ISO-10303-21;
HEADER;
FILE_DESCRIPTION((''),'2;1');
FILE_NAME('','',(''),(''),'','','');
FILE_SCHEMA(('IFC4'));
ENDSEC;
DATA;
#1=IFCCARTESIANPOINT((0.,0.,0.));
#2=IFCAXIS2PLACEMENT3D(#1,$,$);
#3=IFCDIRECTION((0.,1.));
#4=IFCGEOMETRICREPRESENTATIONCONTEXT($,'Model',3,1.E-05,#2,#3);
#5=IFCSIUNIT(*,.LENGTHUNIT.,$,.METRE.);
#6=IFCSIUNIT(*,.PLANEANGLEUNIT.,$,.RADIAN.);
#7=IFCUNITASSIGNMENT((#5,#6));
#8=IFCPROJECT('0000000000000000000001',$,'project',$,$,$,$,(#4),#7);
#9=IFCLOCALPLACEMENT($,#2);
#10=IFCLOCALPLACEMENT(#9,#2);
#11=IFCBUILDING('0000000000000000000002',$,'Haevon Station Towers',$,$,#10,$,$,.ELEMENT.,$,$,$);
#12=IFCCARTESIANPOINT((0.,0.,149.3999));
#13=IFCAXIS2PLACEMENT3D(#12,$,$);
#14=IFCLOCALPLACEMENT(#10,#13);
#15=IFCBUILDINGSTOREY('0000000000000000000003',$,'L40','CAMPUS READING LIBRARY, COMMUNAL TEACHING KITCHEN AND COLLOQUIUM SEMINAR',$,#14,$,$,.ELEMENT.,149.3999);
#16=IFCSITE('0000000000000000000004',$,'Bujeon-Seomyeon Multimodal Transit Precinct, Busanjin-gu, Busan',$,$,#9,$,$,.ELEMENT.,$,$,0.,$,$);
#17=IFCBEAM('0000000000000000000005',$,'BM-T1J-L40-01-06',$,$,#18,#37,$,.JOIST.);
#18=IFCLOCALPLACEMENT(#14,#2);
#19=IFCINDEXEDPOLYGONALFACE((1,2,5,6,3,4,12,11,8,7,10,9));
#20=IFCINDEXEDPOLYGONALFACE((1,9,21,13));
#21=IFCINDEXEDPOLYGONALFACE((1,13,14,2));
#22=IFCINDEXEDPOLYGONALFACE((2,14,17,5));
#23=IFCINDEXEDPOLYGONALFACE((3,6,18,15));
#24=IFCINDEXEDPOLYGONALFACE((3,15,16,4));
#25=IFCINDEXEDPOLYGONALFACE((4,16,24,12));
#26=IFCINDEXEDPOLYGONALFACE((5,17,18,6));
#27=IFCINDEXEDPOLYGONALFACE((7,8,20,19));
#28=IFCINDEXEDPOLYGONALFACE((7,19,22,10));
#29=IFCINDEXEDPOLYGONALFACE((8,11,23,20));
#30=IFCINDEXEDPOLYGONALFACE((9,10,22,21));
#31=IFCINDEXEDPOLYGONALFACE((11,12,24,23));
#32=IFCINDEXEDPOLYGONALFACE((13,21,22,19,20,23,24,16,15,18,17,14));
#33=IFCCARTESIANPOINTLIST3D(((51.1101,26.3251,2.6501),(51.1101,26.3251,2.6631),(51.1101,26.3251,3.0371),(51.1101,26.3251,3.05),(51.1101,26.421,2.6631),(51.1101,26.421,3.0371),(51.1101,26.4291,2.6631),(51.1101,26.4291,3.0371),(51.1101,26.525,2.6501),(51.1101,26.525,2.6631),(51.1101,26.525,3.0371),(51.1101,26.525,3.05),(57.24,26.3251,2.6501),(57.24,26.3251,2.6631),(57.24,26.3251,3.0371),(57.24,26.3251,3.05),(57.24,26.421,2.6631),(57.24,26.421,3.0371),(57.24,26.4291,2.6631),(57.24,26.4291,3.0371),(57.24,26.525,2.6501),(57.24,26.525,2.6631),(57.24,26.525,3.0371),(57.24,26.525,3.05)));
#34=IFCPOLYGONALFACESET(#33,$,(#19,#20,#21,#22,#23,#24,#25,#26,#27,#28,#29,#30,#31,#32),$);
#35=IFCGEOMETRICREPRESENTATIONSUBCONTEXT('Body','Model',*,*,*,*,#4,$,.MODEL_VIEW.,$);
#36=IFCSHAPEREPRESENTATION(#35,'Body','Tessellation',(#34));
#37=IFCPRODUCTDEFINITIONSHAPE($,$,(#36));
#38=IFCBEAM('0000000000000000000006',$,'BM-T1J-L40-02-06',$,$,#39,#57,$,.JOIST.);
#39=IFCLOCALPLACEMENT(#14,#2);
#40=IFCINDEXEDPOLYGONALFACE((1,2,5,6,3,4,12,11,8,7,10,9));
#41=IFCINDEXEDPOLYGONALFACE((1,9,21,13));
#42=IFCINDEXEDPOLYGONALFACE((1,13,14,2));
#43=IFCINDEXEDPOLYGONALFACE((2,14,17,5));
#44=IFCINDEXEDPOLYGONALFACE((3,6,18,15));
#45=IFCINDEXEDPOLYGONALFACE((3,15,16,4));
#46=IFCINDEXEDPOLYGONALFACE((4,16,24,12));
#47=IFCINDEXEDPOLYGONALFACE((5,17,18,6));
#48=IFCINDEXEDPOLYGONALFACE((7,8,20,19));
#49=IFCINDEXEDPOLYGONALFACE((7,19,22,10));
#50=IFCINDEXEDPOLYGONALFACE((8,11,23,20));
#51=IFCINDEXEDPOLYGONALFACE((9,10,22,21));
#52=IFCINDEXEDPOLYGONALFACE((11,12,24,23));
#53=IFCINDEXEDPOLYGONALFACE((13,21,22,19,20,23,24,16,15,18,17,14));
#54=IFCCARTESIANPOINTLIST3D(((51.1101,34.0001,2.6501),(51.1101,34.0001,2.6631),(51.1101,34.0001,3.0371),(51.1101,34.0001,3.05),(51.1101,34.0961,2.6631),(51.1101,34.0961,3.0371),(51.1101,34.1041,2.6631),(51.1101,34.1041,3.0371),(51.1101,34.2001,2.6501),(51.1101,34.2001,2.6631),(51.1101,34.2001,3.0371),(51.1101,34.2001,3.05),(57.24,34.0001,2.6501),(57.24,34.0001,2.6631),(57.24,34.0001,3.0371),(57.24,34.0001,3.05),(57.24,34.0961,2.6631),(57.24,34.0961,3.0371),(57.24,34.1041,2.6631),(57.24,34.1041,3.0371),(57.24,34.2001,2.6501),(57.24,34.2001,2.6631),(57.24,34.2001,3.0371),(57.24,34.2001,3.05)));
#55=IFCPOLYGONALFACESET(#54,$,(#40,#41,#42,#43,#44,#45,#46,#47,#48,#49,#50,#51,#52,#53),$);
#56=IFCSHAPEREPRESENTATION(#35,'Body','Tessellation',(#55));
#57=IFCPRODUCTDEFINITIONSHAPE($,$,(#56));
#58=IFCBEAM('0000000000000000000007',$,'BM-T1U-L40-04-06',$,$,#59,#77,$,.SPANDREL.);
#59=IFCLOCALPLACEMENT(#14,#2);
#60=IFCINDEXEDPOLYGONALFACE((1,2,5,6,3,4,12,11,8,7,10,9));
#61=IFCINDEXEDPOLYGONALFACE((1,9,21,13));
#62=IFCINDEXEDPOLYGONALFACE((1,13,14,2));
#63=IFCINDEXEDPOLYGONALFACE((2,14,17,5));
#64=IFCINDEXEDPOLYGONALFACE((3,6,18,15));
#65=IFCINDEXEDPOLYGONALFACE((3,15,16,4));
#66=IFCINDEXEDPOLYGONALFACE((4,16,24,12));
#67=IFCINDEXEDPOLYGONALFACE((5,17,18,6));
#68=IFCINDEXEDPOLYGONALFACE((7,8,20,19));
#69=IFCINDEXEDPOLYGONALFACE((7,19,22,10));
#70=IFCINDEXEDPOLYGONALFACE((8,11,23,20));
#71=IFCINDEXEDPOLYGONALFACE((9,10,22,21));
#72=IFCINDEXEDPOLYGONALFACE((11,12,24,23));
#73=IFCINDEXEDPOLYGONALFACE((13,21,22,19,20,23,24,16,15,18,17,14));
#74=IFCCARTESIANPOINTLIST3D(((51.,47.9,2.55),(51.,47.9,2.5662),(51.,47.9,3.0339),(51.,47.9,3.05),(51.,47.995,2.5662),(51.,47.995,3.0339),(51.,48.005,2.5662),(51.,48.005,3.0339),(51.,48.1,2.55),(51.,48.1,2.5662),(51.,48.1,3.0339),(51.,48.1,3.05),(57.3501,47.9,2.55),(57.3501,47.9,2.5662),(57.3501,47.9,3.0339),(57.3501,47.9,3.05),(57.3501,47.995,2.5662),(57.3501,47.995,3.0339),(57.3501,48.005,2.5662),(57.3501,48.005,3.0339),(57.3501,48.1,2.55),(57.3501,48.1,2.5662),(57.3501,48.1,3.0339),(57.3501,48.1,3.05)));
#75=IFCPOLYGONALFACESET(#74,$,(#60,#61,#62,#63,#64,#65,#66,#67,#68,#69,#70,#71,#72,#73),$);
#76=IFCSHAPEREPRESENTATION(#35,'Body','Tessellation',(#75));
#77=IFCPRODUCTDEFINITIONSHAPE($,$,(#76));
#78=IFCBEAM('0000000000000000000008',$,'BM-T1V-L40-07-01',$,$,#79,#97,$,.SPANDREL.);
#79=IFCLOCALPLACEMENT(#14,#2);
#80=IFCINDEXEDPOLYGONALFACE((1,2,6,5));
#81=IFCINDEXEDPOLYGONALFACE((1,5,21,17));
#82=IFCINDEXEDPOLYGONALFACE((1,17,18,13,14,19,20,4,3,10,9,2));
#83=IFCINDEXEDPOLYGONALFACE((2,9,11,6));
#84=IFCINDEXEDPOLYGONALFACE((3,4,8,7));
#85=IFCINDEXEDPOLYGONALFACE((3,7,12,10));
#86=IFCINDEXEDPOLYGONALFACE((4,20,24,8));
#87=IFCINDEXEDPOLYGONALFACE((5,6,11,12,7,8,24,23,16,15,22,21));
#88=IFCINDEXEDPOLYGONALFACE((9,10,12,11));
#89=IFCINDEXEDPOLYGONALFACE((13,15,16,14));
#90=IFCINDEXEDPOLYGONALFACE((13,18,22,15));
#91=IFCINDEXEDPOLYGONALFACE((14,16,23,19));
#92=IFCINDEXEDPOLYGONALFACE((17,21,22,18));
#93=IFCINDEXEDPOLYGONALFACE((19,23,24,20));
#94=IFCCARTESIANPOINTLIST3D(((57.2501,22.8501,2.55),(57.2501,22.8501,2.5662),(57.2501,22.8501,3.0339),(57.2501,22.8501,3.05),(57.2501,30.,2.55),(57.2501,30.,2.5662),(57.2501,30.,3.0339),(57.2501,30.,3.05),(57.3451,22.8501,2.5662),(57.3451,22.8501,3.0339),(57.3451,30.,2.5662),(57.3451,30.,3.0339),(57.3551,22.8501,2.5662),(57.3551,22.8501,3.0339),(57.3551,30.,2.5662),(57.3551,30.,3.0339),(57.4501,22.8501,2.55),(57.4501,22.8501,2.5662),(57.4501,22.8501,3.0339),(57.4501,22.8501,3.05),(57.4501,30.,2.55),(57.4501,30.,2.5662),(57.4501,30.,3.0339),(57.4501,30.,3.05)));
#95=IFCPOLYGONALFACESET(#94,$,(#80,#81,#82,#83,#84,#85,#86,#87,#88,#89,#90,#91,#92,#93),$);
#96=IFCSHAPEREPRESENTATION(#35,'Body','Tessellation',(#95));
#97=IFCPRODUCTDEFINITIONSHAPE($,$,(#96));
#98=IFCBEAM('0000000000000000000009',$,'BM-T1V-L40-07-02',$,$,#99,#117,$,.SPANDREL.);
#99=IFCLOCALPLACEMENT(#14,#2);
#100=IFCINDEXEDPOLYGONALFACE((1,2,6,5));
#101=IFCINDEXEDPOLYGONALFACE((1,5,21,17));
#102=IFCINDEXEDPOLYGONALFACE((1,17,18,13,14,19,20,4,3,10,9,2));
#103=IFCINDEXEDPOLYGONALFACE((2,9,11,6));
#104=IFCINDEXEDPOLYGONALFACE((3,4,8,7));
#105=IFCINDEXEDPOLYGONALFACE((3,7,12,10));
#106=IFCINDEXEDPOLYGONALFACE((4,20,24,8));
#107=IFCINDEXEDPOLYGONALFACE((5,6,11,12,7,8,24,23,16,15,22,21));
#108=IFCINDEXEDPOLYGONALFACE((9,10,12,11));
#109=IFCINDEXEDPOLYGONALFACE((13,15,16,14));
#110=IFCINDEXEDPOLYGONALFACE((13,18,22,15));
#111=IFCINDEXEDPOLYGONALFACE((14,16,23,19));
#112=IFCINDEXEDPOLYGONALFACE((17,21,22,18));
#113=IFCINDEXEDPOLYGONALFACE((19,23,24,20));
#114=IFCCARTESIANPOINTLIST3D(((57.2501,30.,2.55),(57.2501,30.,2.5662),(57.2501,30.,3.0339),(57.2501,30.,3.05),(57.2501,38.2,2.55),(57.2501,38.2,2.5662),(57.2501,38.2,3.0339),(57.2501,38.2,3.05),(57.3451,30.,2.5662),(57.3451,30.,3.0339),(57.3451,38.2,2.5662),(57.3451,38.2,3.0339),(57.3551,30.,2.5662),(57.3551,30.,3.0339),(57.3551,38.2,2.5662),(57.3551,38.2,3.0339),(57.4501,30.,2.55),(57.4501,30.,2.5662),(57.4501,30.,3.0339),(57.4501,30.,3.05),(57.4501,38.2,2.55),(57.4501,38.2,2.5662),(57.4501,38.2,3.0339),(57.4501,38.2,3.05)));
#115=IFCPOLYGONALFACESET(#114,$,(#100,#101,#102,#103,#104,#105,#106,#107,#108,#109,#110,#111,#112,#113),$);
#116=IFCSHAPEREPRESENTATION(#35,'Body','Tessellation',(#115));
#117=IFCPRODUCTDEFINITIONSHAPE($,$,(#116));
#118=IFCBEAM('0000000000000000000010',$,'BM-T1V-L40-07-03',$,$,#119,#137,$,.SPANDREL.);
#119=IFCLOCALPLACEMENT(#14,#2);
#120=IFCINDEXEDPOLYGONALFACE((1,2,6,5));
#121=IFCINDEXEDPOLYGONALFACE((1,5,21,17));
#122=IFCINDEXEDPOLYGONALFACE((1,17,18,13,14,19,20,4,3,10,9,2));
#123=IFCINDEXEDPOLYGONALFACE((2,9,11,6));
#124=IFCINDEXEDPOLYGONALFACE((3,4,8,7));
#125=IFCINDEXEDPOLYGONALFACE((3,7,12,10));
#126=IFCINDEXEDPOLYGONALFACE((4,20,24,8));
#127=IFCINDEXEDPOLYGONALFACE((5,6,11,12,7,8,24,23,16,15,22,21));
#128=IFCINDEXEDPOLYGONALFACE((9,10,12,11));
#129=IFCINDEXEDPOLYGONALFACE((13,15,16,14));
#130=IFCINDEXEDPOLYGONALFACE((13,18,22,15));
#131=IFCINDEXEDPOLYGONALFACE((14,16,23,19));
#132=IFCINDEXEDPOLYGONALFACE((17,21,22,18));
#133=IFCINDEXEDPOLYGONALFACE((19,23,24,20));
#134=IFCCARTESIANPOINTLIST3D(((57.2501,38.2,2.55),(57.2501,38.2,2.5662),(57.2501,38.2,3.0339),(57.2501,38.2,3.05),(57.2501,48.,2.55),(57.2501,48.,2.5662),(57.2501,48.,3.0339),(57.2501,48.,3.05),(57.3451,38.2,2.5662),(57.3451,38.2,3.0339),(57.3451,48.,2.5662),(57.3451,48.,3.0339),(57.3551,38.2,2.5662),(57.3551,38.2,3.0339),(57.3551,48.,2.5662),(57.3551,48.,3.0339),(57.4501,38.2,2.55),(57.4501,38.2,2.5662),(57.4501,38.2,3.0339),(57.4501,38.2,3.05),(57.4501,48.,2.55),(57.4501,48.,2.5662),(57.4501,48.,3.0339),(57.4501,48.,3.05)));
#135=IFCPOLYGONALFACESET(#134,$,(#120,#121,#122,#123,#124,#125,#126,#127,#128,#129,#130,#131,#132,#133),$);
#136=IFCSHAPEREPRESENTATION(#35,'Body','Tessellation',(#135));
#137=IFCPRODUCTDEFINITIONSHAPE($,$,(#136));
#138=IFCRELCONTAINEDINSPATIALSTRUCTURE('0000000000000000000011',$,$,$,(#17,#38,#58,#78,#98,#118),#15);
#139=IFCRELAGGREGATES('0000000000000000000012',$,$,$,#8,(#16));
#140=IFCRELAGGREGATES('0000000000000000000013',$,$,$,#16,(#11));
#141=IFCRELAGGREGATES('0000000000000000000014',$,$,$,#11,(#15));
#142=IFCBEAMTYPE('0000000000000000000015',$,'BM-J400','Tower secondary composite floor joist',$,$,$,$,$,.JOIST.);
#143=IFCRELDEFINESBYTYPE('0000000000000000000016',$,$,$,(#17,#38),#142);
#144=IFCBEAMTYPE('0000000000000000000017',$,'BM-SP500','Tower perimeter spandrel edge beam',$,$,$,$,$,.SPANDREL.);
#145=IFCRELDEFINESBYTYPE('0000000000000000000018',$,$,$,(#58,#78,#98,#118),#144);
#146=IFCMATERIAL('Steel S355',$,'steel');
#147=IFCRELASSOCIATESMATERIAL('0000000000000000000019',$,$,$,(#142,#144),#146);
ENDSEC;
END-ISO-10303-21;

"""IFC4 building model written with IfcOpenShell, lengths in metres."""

from ifc_helpers import new_model, si_unit, direction, frame, origin, origin_2d, place, context, subcontext, project, spatial, i_section, extrude, material, material_profile, profile_set, type_object, element, save


model = new_model("IFC4")

# Units and contexts
model_context = context("Model", 3, precision=1e-05, world=origin(), true_north=direction((0.0, 1.0)))
body_context = subcontext(model_context, "Body", "Model", "MODEL_VIEW")
ifc_project = project(units=[si_unit("LENGTHUNIT", "METRE"), si_unit("PLANEANGLEUNIT", "RADIAN")], contexts=[model_context])

# Site, building, storey
site_placement = place(None, origin())
site = spatial("IfcSite", under=ifc_project, at=site_placement, Name="Bujeon-Seomyeon Multimodal Transit Precinct, Busanjin-gu, Busan", CompositionType="ELEMENT", RefElevation=0.0)
building_placement = place(site_placement, origin())
building = spatial("IfcBuilding", under=site, at=building_placement, Name="Haevon Station Towers", CompositionType="ELEMENT")
storey_placement = place(building_placement, frame((0.0, 0.0, 149.3999)))
storey = spatial("IfcBuildingStorey", under=building, at=storey_placement, Name="L40", Description="CAMPUS READING LIBRARY, COMMUNAL TEACHING KITCHEN AND COLLOQUIUM SEMINAR", CompositionType="ELEMENT", Elevation=149.3999)

# Shared definitions
ifc_material_1 = material(Name="Steel S355", Category="steel")

# Beams
ifc_material_profile_1 = material_profile(ifc_material_1, i_section(OverallWidth=0.2, OverallDepth=0.3999, WebThickness=0.0081, FlangeThickness=0.0129, at=origin_2d()), Name="H-400x200x8x13")
ifc_profile_set_1 = profile_set([ifc_material_profile_1], Name="Steel S355")
beam_type_1 = type_object("IfcBeamType", Name="BM-J400", Description="Tower secondary composite floor joist", PredefinedType="JOIST", material=ifc_profile_set_1)
for number, where, z_axis, x_axis, name in (
    (1, (51.1101, 26.425, 2.8501), (1.0, 0.0, 0.0), (0.0, 1.0, 0.0), "BM-T1J-L40-01-06"),
    (2, (51.1101, 34.1001, 2.8501), (1.0, 0.0, 0.0), (0.0, 1.0, 0.0), "BM-T1J-L40-02-06"),
):
    element("IfcBeam", number, at=place(storey_placement, frame(where, z_axis=z_axis, x_axis=x_axis)), inside=storey, type_object=beam_type_1, Name=name, PredefinedType="JOIST", context=body_context, shape_type="SweptSolid", body=[
        extrude(i_section(OverallWidth=0.2, OverallDepth=0.3999, WebThickness=0.0081, FlangeThickness=0.0129, at=origin_2d()), origin(), (0.0, 0.0, 1.0), 6.1299),
    ])
ifc_material_profile_2 = material_profile(ifc_material_1, i_section(OverallWidth=0.2, OverallDepth=0.5, WebThickness=0.01, FlangeThickness=0.0161, at=origin_2d()), Name="H-500x200x10x16")
ifc_profile_set_2 = profile_set([ifc_material_profile_2], Name="Steel S355")
beam_type_2 = type_object("IfcBeamType", Name="BM-SP500", Description="Tower perimeter spandrel edge beam", PredefinedType="SPANDREL", material=ifc_profile_set_2)
beam_1_placement = place(storey_placement, frame((51.0, 48.0, 2.8), z_axis=(1.0, 0.0, 0.0), x_axis=(0.0, 1.0, 0.0)))
element("IfcBeam", 3, at=beam_1_placement, inside=storey, type_object=beam_type_2, Name="BM-T1U-L40-04-06", PredefinedType="SPANDREL", context=body_context, shape_type="SweptSolid", body=[
    extrude(i_section(OverallWidth=0.2, OverallDepth=0.5, WebThickness=0.01, FlangeThickness=0.0161, at=origin_2d()), origin(), (0.0, 0.0, 1.0), 6.3501),
])
beam_2_placement = place(storey_placement, frame((57.3501, 22.8501, 2.8), z_axis=(0.0, 1.0, 0.0), x_axis=(-1.0, 0.0, 0.0)))
element("IfcBeam", 4, at=beam_2_placement, inside=storey, type_object=beam_type_2, Name="BM-T1V-L40-07-01", PredefinedType="SPANDREL", context=body_context, shape_type="SweptSolid", body=[
    extrude(i_section(OverallWidth=0.2, OverallDepth=0.5, WebThickness=0.01, FlangeThickness=0.0161, at=origin_2d()), origin(), (0.0, 0.0, 1.0), 7.1499),
])
beam_3_placement = place(storey_placement, frame((57.3501, 30.0, 2.8), z_axis=(0.0, 1.0, 0.0), x_axis=(-1.0, 0.0, 0.0)))
element("IfcBeam", 5, at=beam_3_placement, inside=storey, type_object=beam_type_2, Name="BM-T1V-L40-07-02", PredefinedType="SPANDREL", context=body_context, shape_type="SweptSolid", body=[
    extrude(i_section(OverallWidth=0.2, OverallDepth=0.5, WebThickness=0.01, FlangeThickness=0.0161, at=origin_2d()), origin(), (0.0, 0.0, 1.0), 8.2),
])
beam_4_placement = place(storey_placement, frame((57.3501, 38.2, 2.8), z_axis=(0.0, 1.0, 0.0), x_axis=(-1.0, 0.0, 0.0)))
element("IfcBeam", 6, at=beam_4_placement, inside=storey, type_object=beam_type_2, Name="BM-T1V-L40-07-03", PredefinedType="SPANDREL", context=body_context, shape_type="SweptSolid", body=[
    extrude(i_section(OverallWidth=0.2, OverallDepth=0.5, WebThickness=0.01, FlangeThickness=0.0161, at=origin_2d()), origin(), (0.0, 0.0, 1.0), 9.8),
])

save(model, "model.ifc")
